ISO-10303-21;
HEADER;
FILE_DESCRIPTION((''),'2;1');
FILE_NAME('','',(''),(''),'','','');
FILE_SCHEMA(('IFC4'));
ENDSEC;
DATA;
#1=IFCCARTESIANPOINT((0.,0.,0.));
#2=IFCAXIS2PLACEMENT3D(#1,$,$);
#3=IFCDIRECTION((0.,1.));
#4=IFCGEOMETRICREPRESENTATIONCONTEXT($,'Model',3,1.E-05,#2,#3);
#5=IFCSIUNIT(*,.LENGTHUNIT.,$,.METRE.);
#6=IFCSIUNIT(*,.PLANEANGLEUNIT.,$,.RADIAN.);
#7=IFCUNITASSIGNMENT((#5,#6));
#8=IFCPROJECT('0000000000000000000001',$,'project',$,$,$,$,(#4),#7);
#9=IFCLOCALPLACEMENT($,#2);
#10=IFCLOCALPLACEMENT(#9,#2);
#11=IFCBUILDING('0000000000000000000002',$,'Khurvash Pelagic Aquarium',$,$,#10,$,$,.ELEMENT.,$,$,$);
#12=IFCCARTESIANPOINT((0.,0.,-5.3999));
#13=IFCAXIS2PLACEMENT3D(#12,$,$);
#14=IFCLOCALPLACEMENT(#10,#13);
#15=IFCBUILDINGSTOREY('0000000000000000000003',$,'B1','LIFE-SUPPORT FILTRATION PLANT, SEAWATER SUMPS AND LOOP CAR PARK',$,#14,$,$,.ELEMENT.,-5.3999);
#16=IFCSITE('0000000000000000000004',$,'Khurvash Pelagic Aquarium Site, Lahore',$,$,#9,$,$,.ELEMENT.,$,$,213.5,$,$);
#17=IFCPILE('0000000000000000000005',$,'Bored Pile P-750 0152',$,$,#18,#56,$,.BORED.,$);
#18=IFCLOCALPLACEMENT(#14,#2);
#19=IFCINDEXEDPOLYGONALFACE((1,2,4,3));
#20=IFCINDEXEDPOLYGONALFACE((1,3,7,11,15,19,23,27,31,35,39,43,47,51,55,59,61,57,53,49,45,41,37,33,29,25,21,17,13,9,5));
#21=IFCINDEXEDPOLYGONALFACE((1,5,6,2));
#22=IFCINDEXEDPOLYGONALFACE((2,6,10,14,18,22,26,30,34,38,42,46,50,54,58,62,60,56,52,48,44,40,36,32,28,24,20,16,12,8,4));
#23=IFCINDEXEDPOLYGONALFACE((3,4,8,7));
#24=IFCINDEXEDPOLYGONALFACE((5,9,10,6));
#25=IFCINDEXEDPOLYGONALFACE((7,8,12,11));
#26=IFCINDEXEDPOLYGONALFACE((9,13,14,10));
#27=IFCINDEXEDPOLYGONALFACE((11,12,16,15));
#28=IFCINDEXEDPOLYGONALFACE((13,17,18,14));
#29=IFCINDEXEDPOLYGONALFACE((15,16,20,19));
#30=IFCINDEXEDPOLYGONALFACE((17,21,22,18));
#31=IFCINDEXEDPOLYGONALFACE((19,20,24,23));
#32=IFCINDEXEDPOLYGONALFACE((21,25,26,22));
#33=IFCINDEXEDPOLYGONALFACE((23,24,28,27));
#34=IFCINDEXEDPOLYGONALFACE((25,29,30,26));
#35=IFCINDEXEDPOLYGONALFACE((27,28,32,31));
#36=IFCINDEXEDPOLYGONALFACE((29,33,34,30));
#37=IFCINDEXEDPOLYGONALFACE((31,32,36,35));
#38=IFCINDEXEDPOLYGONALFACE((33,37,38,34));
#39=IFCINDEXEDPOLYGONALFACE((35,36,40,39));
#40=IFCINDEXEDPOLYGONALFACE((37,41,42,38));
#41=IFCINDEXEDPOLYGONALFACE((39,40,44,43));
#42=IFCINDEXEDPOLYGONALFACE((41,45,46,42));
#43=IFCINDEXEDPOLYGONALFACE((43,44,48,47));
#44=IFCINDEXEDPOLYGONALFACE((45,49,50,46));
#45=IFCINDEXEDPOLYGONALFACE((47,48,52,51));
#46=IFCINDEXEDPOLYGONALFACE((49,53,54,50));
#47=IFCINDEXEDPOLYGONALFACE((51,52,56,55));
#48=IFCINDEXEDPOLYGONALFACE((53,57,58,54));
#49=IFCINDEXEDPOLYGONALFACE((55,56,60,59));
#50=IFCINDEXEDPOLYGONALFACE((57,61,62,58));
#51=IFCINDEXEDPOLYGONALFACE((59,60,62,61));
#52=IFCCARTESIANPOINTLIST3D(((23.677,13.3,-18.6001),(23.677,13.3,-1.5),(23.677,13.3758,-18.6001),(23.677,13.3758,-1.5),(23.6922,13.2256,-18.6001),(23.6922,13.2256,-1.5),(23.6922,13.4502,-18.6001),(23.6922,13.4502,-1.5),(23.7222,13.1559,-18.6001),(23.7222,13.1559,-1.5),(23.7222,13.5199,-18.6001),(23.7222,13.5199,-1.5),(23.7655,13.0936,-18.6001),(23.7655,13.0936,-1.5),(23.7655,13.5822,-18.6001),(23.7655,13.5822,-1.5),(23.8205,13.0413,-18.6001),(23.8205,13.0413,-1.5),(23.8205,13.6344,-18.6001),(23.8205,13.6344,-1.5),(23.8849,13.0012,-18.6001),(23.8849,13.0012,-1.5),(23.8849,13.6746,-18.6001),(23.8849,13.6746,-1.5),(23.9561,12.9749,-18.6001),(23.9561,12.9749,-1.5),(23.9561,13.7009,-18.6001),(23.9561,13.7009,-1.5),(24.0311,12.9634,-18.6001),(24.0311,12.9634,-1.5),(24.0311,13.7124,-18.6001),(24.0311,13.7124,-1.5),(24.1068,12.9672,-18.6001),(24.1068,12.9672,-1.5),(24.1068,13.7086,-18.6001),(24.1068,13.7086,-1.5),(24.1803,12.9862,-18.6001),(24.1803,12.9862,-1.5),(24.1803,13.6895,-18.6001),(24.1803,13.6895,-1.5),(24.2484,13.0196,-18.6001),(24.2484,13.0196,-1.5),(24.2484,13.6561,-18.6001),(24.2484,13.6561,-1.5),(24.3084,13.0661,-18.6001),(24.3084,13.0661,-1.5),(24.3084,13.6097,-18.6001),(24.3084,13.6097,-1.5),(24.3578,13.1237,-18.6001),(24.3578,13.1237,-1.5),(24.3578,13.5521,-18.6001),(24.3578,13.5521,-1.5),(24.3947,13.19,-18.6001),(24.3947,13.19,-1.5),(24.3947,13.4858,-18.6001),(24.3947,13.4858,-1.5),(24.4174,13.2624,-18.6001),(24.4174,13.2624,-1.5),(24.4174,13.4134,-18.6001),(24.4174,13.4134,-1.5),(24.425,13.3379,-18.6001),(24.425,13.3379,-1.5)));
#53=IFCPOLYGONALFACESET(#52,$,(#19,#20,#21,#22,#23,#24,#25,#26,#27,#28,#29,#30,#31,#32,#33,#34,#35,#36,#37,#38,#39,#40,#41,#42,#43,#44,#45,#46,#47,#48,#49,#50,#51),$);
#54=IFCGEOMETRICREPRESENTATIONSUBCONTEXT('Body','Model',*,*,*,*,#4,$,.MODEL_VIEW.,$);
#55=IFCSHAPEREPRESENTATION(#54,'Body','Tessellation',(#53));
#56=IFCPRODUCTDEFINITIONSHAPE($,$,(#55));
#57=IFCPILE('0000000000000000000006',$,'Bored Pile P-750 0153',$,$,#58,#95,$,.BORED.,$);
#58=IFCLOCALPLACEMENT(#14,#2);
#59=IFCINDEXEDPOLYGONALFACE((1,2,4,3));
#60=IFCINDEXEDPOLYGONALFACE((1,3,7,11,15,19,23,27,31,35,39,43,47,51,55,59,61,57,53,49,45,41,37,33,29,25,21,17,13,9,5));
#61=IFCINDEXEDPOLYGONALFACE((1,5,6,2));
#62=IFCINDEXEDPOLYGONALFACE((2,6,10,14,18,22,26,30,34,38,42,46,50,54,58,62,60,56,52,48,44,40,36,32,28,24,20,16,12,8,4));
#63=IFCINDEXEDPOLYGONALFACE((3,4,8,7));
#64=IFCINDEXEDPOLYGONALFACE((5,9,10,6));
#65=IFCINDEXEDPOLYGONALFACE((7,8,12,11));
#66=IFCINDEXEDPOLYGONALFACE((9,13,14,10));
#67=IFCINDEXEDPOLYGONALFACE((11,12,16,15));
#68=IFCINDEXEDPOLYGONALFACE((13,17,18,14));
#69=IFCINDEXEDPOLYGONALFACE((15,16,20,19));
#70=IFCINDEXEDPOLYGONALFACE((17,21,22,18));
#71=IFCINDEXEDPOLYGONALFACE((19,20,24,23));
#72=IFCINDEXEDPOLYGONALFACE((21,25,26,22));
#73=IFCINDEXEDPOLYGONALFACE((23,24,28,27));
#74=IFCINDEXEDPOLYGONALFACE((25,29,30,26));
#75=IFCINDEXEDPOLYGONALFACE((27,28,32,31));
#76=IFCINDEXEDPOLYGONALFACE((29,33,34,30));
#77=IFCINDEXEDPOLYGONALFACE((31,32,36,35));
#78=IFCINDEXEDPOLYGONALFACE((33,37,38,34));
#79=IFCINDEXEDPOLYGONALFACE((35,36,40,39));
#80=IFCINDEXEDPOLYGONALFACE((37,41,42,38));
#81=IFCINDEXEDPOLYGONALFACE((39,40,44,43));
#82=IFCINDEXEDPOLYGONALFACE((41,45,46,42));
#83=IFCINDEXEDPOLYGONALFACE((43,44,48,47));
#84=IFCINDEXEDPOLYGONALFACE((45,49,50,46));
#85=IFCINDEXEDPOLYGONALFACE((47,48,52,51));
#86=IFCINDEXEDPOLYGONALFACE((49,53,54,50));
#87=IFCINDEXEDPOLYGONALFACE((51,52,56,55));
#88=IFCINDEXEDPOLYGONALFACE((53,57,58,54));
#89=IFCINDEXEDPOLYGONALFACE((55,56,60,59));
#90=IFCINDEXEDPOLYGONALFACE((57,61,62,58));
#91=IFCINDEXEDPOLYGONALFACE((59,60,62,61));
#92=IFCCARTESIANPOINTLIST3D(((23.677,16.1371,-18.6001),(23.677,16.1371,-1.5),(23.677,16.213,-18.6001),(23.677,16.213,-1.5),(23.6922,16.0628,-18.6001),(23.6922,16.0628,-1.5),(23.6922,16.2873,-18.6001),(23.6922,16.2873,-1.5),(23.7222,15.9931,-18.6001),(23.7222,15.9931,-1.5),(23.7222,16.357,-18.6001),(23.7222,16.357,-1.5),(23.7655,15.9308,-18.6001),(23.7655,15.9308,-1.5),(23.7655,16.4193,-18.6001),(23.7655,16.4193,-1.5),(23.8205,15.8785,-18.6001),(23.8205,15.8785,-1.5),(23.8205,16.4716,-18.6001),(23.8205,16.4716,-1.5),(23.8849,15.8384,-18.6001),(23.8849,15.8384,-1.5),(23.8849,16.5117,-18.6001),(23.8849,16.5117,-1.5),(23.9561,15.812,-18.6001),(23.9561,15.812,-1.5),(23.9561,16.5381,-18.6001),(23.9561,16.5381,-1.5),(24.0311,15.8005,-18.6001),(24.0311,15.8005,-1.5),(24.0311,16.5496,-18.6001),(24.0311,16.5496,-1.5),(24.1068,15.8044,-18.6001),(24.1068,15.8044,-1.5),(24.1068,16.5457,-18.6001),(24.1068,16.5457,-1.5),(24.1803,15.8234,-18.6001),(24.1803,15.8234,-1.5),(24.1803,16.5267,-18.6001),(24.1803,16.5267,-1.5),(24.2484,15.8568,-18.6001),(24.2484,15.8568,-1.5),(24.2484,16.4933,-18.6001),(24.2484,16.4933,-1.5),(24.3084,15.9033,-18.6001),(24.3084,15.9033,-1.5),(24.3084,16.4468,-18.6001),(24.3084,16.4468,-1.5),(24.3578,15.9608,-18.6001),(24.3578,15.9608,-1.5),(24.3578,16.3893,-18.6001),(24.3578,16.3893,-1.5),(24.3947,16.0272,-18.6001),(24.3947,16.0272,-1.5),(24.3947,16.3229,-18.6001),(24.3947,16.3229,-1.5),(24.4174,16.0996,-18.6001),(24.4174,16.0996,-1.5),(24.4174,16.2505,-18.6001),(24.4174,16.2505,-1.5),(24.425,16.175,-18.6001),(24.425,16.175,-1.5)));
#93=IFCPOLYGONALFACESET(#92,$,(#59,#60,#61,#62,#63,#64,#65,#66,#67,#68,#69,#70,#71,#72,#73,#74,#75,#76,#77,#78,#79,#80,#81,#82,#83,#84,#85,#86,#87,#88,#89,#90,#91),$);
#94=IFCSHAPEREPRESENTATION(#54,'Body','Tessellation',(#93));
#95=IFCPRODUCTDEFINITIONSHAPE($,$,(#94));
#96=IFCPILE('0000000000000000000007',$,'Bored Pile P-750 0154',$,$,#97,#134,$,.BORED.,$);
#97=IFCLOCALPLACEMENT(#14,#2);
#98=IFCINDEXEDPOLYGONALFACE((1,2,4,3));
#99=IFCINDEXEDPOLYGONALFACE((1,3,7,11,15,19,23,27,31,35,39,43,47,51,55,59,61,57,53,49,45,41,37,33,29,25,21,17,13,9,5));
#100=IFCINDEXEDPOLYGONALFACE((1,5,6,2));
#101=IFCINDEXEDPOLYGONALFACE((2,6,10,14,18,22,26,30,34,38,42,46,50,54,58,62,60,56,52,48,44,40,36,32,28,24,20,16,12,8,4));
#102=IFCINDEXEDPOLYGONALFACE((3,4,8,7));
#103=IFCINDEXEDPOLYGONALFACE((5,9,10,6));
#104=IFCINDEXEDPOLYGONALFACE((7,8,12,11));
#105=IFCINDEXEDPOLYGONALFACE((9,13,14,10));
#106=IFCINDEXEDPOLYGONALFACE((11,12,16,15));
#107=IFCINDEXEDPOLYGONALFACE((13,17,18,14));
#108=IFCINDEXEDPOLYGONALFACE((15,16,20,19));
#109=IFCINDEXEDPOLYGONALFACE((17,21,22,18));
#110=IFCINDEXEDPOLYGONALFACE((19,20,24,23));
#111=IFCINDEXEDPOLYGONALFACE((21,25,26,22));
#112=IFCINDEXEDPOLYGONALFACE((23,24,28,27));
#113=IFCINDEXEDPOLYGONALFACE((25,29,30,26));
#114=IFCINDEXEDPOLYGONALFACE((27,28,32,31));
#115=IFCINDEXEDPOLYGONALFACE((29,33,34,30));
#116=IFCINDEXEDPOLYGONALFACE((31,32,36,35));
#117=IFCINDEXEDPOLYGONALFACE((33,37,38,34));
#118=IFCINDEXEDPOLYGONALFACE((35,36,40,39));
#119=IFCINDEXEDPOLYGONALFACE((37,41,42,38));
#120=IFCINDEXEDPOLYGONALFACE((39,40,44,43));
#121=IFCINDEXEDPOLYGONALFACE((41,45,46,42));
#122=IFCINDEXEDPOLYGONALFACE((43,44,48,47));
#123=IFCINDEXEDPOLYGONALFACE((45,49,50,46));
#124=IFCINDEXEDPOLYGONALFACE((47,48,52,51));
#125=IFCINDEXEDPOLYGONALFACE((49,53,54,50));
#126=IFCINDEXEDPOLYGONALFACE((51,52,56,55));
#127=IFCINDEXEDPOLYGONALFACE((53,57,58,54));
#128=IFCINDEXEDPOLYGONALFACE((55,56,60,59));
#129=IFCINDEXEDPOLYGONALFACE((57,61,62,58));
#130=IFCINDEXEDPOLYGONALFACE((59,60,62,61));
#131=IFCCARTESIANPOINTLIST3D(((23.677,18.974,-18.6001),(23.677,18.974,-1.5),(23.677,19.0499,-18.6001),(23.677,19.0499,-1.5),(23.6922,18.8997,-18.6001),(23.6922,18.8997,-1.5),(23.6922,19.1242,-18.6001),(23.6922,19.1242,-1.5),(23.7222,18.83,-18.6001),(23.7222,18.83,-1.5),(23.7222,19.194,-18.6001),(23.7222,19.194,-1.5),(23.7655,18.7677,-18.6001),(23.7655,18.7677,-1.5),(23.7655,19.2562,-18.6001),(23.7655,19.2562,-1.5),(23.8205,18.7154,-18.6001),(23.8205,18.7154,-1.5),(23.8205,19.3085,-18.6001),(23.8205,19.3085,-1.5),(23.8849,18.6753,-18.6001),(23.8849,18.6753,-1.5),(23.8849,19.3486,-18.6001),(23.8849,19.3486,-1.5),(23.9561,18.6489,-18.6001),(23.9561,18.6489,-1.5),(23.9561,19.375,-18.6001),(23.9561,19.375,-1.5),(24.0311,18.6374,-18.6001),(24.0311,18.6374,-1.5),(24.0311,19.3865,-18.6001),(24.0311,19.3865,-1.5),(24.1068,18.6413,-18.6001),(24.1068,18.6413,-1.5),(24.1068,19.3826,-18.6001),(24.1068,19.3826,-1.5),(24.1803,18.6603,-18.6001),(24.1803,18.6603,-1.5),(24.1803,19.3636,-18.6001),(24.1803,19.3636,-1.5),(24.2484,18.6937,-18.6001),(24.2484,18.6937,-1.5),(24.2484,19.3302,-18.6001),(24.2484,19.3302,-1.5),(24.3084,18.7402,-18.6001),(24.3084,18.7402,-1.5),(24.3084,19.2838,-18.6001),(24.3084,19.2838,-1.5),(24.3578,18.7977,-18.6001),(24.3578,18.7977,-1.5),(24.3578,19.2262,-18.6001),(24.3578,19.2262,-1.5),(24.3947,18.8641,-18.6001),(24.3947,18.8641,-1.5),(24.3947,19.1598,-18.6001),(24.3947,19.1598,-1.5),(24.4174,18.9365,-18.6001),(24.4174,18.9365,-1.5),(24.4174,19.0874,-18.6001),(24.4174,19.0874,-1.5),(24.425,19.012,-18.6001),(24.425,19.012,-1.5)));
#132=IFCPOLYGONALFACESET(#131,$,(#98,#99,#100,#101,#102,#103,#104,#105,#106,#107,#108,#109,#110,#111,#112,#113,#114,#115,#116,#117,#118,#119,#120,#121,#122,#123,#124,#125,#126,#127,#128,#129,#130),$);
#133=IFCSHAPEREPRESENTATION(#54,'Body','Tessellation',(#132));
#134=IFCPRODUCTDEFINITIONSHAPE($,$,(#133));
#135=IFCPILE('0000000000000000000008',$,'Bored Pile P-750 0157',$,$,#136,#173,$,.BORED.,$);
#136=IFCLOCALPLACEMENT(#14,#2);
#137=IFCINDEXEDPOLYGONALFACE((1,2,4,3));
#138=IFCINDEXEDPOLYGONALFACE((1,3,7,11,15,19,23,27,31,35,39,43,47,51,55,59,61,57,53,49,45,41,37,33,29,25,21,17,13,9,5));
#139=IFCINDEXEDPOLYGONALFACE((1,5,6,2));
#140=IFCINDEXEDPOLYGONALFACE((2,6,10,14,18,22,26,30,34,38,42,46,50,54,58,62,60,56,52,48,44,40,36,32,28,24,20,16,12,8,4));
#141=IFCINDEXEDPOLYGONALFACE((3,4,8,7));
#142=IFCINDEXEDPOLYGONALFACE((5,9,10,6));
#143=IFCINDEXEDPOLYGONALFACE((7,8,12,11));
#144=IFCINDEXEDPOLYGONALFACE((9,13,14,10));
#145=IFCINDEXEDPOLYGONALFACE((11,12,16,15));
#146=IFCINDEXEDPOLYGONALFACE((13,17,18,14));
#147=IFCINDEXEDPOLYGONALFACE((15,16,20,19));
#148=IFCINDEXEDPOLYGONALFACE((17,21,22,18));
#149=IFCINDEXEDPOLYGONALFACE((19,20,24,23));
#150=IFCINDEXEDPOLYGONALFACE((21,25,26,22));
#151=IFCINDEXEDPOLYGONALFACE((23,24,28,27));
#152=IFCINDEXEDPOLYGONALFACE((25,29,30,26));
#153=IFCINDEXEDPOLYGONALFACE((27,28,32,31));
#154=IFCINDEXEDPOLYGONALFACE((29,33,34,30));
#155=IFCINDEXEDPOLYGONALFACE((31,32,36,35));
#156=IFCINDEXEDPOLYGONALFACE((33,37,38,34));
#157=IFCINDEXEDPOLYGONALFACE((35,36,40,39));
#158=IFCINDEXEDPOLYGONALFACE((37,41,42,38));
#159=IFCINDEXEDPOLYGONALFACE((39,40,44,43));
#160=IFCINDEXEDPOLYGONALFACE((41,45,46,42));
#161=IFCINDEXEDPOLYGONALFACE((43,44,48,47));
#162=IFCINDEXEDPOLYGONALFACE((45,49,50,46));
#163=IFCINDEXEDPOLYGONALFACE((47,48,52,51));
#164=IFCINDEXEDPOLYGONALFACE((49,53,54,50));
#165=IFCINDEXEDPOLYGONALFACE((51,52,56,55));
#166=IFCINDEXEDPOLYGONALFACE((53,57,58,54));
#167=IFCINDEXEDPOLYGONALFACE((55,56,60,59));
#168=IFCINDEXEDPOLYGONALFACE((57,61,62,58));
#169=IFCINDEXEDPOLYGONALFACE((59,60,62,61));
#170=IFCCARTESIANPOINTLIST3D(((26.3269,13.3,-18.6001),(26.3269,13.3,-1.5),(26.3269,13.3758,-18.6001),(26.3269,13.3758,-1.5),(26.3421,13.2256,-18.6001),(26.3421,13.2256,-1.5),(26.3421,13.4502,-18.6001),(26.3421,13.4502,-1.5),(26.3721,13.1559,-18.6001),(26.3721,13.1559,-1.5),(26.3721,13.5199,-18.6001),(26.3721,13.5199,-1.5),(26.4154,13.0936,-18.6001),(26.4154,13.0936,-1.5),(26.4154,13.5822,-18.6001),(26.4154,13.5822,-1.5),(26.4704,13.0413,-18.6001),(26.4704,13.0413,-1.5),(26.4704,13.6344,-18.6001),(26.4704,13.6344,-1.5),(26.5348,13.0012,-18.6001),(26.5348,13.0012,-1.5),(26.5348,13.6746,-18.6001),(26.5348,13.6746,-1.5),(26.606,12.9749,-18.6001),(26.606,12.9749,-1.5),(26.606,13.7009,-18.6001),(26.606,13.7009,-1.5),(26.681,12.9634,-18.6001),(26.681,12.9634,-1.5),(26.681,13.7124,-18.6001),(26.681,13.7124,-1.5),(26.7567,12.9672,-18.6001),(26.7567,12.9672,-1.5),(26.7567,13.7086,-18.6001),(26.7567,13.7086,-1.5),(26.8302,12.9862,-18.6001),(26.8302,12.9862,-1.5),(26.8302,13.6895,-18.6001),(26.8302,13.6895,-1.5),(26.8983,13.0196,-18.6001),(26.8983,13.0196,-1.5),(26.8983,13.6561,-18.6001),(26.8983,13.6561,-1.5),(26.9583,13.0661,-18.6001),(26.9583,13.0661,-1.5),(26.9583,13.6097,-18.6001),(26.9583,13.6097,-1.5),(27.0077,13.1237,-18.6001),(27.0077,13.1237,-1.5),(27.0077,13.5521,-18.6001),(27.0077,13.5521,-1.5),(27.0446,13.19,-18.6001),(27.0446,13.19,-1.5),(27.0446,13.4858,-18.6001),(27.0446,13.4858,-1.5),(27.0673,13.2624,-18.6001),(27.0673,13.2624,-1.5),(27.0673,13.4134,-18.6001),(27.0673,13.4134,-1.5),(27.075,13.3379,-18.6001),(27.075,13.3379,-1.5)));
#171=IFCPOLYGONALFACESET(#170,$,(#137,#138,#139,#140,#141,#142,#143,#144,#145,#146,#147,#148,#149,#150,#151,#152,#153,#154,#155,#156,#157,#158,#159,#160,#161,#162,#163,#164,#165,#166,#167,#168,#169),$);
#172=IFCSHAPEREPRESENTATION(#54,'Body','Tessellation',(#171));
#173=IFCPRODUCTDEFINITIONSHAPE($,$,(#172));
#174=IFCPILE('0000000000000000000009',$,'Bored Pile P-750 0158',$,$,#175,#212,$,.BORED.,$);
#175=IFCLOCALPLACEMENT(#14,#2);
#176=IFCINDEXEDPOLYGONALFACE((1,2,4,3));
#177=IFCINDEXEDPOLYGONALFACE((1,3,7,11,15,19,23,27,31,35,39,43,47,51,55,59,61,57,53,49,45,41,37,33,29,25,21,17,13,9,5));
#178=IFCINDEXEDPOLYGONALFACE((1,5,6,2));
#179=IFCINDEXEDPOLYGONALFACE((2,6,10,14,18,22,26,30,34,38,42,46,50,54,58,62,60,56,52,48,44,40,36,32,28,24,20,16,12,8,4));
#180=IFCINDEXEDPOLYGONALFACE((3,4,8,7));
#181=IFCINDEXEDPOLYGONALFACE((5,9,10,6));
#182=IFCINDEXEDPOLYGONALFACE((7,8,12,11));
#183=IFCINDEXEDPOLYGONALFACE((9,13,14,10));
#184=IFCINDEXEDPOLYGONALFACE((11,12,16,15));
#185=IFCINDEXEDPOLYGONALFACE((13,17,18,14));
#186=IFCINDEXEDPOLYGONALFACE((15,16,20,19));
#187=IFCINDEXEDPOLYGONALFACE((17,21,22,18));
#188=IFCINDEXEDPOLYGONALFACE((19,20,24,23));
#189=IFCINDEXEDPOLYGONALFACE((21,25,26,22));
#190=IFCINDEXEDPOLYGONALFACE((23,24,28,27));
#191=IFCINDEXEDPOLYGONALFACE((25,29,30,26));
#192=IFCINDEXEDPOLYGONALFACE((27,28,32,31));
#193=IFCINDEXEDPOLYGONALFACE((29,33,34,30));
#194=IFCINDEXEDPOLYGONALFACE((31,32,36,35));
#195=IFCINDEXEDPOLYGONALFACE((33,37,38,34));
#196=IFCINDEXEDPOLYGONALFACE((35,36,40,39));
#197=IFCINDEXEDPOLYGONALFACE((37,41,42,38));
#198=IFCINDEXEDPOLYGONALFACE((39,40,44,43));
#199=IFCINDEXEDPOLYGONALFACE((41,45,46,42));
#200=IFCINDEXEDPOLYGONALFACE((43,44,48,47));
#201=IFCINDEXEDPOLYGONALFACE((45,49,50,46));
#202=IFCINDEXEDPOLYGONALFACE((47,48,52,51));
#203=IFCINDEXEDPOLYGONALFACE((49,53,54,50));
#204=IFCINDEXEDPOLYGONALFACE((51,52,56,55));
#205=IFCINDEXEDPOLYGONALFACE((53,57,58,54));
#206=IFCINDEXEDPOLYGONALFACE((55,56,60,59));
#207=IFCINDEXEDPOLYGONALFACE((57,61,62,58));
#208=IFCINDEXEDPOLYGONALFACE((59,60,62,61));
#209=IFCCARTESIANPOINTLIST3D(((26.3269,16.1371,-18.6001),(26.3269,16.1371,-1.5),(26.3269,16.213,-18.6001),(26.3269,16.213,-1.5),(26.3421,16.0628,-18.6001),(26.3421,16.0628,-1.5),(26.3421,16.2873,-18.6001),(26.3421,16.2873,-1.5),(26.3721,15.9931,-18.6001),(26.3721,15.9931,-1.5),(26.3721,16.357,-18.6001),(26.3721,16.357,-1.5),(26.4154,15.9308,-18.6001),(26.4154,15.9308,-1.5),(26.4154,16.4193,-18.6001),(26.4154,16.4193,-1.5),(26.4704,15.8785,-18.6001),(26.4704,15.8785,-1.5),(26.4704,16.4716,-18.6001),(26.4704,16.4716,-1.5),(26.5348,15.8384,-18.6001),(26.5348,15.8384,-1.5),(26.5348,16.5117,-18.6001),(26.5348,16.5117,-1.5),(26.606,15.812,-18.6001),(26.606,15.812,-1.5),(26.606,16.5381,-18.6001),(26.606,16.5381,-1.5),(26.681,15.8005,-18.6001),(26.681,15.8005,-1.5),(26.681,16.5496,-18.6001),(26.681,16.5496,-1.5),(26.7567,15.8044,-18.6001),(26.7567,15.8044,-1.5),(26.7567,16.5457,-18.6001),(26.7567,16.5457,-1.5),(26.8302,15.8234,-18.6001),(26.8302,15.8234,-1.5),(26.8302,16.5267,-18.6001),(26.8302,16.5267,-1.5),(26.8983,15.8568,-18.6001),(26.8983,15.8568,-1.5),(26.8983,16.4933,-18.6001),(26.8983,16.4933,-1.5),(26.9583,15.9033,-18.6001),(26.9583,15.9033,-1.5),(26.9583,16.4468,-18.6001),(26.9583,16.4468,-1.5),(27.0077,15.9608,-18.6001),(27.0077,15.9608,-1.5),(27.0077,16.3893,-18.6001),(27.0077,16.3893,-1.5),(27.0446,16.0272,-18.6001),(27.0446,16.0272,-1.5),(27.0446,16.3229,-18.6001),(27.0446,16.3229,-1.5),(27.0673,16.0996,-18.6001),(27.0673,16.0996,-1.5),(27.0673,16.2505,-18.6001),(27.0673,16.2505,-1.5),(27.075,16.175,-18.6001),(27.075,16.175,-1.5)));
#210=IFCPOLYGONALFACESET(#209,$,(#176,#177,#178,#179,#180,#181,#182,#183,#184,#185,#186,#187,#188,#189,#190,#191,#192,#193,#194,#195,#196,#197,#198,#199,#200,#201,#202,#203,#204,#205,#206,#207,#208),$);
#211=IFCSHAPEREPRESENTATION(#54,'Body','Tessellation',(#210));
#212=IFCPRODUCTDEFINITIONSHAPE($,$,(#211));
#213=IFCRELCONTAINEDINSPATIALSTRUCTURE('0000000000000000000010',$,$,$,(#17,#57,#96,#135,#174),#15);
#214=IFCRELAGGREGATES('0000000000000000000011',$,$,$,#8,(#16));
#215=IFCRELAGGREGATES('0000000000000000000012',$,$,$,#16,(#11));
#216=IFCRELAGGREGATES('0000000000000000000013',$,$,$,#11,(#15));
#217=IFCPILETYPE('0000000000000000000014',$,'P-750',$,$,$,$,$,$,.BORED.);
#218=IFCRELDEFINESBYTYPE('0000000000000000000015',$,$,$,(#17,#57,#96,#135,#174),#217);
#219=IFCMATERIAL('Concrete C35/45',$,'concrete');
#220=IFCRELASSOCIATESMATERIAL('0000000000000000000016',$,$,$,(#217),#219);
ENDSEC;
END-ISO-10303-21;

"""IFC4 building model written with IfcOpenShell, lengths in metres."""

from ifc_helpers import new_model, si_unit, direction, frame, origin, origin_2d, place, context, subcontext, project, spatial, circle, extrude, material, material_profile, profile_set, type_object, element, save


model = new_model("IFC4")

# Units and contexts
model_context = context("Model", 3, precision=1e-05, world=origin(), true_north=direction((0.0, 1.0)))
body_context = subcontext(model_context, "Body", "Model", "MODEL_VIEW")
ifc_project = project(units=[si_unit("LENGTHUNIT", "METRE"), si_unit("PLANEANGLEUNIT", "RADIAN")], contexts=[model_context])

# Site, building, storey
site_placement = place(None, origin())
site = spatial("IfcSite", under=ifc_project, at=site_placement, Name="Khurvash Pelagic Aquarium Site, Lahore", CompositionType="ELEMENT", RefElevation=213.5)
building_placement = place(site_placement, origin())
building = spatial("IfcBuilding", under=site, at=building_placement, Name="Khurvash Pelagic Aquarium", CompositionType="ELEMENT")
storey_placement = place(building_placement, frame((0.0, 0.0, -5.3999)))
storey = spatial("IfcBuildingStorey", under=building, at=storey_placement, Name="B1", Description="LIFE-SUPPORT FILTRATION PLANT, SEAWATER SUMPS AND LOOP CAR PARK", CompositionType="ELEMENT", Elevation=-5.3999)

# Piles
ifc_material_1 = material(Name="Concrete C35/45", Category="concrete")
ifc_material_profile_1 = material_profile(ifc_material_1, circle(Radius=0.375, at=origin_2d()), Name="PILE750")
ifc_profile_set_1 = profile_set([ifc_material_profile_1], Name="Concrete C35/45")
pile_type = type_object("IfcPileType", Name="P-750", PredefinedType="BORED", material=ifc_profile_set_1)
for number, where, z_axis, x_axis, name in (
    (1, (24.05, 13.3379, -1.5), (0.0, 0.0, -1.0), (1.0, 0.0, 0.0), "Bored Pile P-750 0152"),
    (2, (24.05, 16.175, -1.5), (0.0, 0.0, -1.0), (1.0, 0.0, 0.0), "Bored Pile P-750 0153"),
    (3, (24.05, 19.012, -1.5), (0.0, 0.0, -1.0), (1.0, 0.0, 0.0), "Bored Pile P-750 0154"),
    (4, (26.7, 13.3379, -1.5), (0.0, 0.0, -1.0), (1.0, 0.0, 0.0), "Bored Pile P-750 0157"),
    (5, (26.7, 16.175, -1.5), (0.0, 0.0, -1.0), (1.0, 0.0, 0.0), "Bored Pile P-750 0158"),
):
    element("IfcPile", number, at=place(storey_placement, frame(where, z_axis=z_axis, x_axis=x_axis)), inside=storey, type_object=pile_type, Name=name, PredefinedType="BORED", context=body_context, shape_type="SweptSolid", body=[
        extrude(circle(Radius=0.375, at=origin_2d()), origin(), (0.0, 0.0, 1.0), 17.1001),
    ])

save(model, "model.ifc")
